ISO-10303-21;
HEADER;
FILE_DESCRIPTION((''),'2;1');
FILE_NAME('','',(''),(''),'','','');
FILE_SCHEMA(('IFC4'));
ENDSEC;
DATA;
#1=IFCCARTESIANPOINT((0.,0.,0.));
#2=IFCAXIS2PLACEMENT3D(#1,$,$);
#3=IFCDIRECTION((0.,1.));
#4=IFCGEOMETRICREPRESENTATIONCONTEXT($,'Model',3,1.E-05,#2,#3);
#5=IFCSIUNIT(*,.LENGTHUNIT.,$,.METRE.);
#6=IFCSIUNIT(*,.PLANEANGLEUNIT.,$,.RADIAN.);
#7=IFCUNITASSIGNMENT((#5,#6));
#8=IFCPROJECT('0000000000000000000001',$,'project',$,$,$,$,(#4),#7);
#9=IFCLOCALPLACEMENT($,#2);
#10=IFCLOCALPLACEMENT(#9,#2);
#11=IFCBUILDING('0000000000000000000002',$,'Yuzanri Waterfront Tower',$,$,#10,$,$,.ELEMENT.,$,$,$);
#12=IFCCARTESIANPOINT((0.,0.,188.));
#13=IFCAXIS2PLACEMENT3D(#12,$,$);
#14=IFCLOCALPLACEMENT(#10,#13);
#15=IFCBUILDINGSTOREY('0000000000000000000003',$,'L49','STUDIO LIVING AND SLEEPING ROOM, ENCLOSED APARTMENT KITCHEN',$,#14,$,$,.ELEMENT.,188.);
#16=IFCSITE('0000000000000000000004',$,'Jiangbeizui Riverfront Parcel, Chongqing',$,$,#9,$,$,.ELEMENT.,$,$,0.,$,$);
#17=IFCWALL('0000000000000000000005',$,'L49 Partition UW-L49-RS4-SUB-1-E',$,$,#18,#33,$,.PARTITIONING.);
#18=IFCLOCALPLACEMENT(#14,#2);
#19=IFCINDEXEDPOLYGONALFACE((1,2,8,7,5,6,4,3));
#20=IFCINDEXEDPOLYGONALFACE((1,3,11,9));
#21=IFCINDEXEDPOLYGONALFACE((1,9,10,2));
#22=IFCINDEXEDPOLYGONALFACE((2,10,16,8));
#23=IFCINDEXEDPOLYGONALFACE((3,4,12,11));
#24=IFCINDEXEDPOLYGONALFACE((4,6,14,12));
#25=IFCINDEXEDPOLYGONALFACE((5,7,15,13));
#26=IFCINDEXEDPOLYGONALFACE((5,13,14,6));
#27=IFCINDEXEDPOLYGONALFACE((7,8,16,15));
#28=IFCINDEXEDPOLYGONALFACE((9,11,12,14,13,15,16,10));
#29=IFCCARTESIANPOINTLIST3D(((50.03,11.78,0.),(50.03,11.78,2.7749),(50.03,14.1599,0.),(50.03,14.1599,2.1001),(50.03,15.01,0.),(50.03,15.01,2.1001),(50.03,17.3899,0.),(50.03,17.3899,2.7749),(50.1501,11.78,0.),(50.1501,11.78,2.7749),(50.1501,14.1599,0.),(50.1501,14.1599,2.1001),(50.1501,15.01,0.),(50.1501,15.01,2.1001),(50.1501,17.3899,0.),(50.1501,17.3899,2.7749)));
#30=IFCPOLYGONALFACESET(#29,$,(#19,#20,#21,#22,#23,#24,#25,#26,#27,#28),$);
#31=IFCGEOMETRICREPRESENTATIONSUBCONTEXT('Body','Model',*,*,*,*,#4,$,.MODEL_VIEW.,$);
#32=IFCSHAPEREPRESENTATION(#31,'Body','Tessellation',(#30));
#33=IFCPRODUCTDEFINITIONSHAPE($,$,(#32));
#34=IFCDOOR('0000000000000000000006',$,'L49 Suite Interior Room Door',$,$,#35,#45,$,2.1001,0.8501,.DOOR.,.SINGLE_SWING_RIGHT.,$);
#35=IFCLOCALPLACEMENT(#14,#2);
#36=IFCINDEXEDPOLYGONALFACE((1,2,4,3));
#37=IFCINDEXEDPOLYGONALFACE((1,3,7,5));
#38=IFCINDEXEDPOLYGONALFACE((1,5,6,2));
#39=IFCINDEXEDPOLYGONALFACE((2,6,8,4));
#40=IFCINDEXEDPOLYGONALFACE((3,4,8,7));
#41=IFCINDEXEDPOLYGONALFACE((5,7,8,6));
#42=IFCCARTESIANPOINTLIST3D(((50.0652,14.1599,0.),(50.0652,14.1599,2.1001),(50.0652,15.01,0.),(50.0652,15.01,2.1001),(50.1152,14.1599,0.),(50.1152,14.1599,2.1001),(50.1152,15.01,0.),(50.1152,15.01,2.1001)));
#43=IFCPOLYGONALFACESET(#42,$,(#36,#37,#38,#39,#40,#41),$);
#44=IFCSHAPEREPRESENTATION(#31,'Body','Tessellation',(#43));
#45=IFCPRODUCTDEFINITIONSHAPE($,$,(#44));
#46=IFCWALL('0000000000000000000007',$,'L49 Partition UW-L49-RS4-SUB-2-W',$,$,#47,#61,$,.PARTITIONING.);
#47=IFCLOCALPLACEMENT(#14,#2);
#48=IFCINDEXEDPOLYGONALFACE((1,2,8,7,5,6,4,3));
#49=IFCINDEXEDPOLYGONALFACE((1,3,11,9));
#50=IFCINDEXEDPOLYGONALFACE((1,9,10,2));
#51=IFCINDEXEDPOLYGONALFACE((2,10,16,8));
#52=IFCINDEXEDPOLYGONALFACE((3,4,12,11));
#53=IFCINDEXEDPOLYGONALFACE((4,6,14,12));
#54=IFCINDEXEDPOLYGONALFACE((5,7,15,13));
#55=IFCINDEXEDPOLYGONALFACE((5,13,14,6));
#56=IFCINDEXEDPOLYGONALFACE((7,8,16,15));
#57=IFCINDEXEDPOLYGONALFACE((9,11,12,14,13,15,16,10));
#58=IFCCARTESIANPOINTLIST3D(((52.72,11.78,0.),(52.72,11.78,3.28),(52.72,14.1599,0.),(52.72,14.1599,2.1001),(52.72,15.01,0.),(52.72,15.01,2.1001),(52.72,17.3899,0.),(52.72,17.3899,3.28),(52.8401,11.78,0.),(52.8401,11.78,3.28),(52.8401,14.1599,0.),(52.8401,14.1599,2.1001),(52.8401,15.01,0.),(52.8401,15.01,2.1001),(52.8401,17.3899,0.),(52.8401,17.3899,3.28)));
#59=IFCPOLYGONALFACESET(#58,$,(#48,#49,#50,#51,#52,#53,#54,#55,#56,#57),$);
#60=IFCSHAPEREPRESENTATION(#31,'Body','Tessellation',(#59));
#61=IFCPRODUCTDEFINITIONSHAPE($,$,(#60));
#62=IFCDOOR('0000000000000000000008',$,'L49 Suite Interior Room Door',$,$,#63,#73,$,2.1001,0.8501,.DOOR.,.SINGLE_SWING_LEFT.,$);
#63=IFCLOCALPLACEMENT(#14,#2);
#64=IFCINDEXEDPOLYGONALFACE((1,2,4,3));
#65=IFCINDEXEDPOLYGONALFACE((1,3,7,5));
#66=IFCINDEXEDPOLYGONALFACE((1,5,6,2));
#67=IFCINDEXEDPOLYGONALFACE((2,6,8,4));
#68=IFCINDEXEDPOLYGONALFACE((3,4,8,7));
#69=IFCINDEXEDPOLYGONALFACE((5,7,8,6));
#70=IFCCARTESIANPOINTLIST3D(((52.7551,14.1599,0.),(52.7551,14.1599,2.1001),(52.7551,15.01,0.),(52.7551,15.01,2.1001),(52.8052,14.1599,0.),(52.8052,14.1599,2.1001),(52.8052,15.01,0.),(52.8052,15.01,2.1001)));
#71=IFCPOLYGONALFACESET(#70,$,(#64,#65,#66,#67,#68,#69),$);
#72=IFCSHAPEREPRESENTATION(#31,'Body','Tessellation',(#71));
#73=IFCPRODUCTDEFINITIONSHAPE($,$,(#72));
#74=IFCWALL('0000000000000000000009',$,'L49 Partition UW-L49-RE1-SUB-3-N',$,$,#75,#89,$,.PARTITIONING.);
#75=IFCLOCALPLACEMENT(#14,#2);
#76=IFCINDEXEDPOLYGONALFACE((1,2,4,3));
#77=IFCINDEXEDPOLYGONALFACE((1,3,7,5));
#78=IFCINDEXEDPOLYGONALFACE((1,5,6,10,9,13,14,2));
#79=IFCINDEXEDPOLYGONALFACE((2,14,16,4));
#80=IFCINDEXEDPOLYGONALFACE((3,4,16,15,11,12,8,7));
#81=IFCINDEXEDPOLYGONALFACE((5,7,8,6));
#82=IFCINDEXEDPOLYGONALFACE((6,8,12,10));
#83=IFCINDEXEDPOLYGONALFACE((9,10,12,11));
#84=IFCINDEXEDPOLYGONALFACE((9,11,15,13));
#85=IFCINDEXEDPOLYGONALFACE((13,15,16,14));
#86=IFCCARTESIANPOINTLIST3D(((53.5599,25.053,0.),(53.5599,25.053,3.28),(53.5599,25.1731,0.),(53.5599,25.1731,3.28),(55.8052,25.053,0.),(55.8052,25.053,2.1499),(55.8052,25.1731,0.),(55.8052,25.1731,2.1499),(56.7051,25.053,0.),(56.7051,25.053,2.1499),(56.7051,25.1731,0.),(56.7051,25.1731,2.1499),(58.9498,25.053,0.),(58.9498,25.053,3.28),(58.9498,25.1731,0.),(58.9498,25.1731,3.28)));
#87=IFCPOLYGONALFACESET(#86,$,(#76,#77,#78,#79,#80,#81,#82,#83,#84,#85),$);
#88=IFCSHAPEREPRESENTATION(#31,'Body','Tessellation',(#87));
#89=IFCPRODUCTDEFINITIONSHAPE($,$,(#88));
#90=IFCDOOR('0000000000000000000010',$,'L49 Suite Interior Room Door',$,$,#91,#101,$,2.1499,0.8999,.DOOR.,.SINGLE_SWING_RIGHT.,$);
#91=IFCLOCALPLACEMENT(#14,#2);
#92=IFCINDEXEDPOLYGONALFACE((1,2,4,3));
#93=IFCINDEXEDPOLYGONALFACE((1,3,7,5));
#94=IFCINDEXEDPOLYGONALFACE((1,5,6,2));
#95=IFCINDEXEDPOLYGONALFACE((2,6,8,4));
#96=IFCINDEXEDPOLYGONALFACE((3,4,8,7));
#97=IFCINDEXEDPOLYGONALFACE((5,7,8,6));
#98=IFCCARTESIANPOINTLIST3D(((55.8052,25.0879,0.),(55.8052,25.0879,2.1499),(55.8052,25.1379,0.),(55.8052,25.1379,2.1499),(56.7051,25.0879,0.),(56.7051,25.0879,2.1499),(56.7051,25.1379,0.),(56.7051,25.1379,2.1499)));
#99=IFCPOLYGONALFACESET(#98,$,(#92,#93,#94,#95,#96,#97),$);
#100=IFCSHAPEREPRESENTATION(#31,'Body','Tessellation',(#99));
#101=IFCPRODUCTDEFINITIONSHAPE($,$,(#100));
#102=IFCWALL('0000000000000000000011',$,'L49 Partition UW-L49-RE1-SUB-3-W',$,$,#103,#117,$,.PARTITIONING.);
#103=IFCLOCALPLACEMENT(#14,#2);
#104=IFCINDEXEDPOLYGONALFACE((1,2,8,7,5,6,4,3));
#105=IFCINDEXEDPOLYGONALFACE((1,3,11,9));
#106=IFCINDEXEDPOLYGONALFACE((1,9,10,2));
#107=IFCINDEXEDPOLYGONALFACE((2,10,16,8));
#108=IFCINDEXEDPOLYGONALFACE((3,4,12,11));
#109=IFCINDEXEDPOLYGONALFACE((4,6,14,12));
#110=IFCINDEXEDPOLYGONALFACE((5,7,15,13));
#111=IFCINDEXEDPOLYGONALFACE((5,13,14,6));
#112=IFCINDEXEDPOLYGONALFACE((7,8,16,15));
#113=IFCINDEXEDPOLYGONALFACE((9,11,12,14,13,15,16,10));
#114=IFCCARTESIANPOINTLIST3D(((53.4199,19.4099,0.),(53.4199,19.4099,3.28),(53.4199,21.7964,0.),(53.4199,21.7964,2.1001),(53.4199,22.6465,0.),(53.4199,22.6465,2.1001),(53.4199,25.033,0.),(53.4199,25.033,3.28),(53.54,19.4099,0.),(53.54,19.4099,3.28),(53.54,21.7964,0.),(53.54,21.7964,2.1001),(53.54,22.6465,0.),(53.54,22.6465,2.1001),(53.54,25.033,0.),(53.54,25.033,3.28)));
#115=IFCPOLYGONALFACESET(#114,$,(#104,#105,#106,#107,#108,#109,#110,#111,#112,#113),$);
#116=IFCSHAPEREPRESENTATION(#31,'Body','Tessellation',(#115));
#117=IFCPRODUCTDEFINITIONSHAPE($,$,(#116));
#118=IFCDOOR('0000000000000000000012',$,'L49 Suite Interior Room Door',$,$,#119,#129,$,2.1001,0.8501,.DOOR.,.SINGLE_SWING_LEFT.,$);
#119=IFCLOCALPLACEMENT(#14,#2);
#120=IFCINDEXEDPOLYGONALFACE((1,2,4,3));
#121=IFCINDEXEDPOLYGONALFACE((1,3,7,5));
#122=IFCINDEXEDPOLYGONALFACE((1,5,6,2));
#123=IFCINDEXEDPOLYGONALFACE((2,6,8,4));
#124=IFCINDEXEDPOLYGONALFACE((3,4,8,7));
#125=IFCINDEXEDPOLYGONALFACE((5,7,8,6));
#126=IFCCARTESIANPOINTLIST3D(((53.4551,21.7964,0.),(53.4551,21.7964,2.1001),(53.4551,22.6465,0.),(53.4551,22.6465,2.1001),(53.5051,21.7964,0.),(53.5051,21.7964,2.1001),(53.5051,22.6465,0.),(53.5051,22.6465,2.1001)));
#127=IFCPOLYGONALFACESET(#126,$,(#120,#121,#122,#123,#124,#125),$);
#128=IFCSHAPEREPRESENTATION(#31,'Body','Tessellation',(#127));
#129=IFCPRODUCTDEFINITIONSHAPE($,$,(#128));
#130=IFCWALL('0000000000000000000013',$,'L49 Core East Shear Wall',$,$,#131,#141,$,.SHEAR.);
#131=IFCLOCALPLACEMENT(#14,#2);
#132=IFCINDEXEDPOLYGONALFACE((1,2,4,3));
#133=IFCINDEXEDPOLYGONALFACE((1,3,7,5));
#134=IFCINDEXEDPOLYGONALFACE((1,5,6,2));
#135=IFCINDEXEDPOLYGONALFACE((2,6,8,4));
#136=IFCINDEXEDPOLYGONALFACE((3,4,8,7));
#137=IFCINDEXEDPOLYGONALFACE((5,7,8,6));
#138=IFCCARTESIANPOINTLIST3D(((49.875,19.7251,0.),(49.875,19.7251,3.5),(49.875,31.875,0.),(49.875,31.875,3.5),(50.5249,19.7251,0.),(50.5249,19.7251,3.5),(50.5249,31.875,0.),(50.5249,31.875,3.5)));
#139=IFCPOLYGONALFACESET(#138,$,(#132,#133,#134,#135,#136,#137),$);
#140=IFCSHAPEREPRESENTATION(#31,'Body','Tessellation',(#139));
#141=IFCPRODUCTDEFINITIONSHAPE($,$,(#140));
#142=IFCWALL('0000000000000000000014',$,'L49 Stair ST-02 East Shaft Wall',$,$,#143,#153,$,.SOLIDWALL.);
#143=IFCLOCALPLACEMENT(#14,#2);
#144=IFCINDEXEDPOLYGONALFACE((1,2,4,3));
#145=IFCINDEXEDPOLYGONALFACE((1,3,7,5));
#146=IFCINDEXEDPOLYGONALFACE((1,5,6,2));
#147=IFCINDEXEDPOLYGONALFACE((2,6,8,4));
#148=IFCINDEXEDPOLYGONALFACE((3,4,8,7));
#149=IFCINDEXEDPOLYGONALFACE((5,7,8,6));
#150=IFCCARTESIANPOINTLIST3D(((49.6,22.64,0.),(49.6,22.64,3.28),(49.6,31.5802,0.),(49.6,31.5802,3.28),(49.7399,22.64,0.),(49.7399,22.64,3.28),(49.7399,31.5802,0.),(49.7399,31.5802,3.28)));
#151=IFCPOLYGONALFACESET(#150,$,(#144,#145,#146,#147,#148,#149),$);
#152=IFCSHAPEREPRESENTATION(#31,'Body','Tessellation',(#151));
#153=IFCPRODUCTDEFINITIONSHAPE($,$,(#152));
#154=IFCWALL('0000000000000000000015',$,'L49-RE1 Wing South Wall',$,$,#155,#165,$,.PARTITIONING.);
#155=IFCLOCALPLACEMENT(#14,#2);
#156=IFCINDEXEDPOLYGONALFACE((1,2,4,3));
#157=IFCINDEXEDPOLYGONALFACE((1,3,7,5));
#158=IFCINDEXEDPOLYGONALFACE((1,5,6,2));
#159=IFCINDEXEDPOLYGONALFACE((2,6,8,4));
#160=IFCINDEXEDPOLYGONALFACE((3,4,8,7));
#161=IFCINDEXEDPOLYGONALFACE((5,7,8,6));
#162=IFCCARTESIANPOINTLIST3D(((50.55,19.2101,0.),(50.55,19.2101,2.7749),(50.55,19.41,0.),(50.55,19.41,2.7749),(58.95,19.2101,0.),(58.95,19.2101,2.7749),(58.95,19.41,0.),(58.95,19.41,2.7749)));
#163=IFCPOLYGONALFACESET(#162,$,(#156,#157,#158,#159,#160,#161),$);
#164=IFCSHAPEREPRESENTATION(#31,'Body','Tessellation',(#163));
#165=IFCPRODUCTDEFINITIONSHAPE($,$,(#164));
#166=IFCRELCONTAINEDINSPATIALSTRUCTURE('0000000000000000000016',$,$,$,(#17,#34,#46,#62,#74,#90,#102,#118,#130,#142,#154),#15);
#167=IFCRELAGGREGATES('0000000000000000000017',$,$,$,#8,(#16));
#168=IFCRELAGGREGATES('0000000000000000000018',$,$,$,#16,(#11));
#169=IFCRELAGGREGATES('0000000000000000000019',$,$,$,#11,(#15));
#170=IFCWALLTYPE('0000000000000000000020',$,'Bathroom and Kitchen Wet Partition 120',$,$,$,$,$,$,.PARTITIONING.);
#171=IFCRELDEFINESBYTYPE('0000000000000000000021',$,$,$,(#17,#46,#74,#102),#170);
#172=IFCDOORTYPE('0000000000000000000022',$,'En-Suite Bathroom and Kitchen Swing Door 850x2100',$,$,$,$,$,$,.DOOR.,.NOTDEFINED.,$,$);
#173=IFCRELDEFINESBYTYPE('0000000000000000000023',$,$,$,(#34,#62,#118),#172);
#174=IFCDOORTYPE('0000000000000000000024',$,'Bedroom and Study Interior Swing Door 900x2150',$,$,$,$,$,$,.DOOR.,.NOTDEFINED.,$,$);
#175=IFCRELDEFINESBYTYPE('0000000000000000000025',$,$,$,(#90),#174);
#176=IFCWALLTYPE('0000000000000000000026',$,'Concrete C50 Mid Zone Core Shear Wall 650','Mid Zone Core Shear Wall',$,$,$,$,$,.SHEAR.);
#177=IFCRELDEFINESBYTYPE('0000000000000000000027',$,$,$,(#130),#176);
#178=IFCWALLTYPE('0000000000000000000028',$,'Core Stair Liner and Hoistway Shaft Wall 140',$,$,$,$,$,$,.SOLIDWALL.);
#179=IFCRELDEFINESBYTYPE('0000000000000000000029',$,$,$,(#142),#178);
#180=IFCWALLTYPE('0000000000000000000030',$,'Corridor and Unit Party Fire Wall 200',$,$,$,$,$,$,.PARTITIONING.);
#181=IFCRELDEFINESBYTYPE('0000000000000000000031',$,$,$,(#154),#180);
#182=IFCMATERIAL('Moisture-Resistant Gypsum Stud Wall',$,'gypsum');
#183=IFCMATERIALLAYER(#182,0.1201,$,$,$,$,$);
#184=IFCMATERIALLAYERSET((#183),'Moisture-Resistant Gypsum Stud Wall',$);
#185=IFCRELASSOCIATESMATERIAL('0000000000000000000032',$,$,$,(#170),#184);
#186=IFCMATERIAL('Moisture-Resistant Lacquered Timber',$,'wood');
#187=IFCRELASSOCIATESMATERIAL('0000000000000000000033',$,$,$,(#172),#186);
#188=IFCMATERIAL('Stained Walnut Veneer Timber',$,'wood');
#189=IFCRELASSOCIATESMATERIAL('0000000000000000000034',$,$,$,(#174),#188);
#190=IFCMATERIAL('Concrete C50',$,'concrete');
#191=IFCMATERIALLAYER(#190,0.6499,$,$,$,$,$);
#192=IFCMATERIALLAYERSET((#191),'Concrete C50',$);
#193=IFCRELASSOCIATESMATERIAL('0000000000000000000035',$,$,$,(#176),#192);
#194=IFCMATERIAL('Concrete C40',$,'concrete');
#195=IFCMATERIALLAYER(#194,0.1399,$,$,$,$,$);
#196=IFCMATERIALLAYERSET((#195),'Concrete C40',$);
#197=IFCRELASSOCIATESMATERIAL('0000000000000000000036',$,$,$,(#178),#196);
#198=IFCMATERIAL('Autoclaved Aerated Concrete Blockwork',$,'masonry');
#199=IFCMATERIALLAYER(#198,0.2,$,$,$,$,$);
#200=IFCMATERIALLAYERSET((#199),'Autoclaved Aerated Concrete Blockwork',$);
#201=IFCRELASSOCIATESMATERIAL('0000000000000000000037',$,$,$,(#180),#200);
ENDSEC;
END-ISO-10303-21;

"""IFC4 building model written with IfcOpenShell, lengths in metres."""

from ifc_helpers import new_model, si_unit, direction, frame, frame_2d, origin, place, context, subcontext, project, spatial, rectangle, extrude, source, transform, mapped, material, layer, layer_set, type_object, element, fill, save


model = new_model("IFC4")

# Units and contexts
model_context = context("Model", 3, precision=1e-05, world=origin(), true_north=direction((0.0, 1.0)))
body_context = subcontext(model_context, "Body", "Model", "MODEL_VIEW")
ifc_project = project(units=[si_unit("LENGTHUNIT", "METRE"), si_unit("PLANEANGLEUNIT", "RADIAN")], contexts=[model_context])

# Site, building, storey
site_placement = place(None, origin())
site = spatial("IfcSite", under=ifc_project, at=site_placement, Name="Jiangbeizui Riverfront Parcel, Chongqing", CompositionType="ELEMENT", RefElevation=0.0)
building_placement = place(site_placement, origin())
building = spatial("IfcBuilding", under=site, at=building_placement, Name="Yuzanri Waterfront Tower", CompositionType="ELEMENT")
storey_placement = place(building_placement, frame((0.0, 0.0, 188.0)))
storey = spatial("IfcBuildingStorey", under=building, at=storey_placement, Name="L49", Description="STUDIO LIVING AND SLEEPING ROOM, ENCLOSED APARTMENT KITCHEN", CompositionType="ELEMENT", Elevation=188.0)

# Walls, openings, doors
ifc_material_1 = material(Name="Moisture-Resistant Gypsum Stud Wall", Category="gypsum")
ifc_layer_1 = layer(ifc_material_1, 0.1201)
ifc_layer_set_1 = layer_set([ifc_layer_1], Name="Moisture-Resistant Gypsum Stud Wall")
wall_type_1 = type_object("IfcWallType", Name="Bathroom and Kitchen Wet Partition 120", PredefinedType="PARTITIONING", material=ifc_layer_set_1)
wall_1_placement = place(storey_placement, frame((50.0901, 11.78, 0.0), z_axis=(0.0, 0.0, 1.0), x_axis=(0.0, 1.0, 0.0)))
wall_1 = element("IfcWall", 1, at=wall_1_placement, inside=storey, type_object=wall_type_1, Name="L49 Partition UW-L49-RS4-SUB-1-E", PredefinedType="PARTITIONING", context=body_context, shape_type="SweptSolid", body=[
    extrude(rectangle(XDim=5.6099, YDim=0.1201, at=frame_2d((2.8049, 0.0))), origin(), (0.0, 0.0, 1.0), 2.7749),
])
opening_1_placement = place(wall_1_placement, frame((2.3799, 0.0, 0.0)))
opening_1 = element("IfcOpeningElement", 2, at=opening_1_placement, cuts=wall_1, PredefinedType="OPENING", context=body_context, shape_type="SweptSolid", body=[
    extrude(rectangle(XDim=0.8501, YDim=2.1001, at=frame_2d((0.425, 1.05))), frame((0.0, 0.075, 0.0), z_axis=(0.0, -1.0, 0.0), x_axis=(1.0, 0.0, 0.0)), (0.0, 0.0, 1.0), 0.1499),
])
ifc_material_2 = material(Name="Moisture-Resistant Lacquered Timber", Category="wood")
door_type_1 = type_object("IfcDoorType", Name="En-Suite Bathroom and Kitchen Swing Door 850x2100", OperationType="NOTDEFINED", PredefinedType="DOOR", material=ifc_material_2)
shared_shape_1 = source(origin(), body_context, "Body", "SweptSolid", [
    extrude(rectangle(XDim=0.8501, YDim=2.1001, at=frame_2d((0.425, 1.05))), frame((0.0, 0.0249, 0.0), z_axis=(0.0, -1.0, 0.0), x_axis=(1.0, 0.0, 0.0)), (0.0, 0.0, 1.0), 0.05),
])
door_1_placement = place(opening_1_placement, origin())
door_1 = element("IfcDoor", 3, at=door_1_placement, inside=storey, type_object=door_type_1, Name="L49 Suite Interior Room Door", OperationType="SINGLE_SWING_RIGHT", OverallHeight=2.1001, OverallWidth=0.8501, PredefinedType="DOOR", context=body_context, shape_type="MappedRepresentation", body=[
    mapped(shared_shape_1, transform((0.0, 0.0, 0.0), scale=1.0)),
])
fill(opening_1, door_1)
wall_2_placement = place(storey_placement, frame((52.78, 11.78, 0.0), z_axis=(0.0, 0.0, 1.0), x_axis=(0.0, 1.0, 0.0)))
wall_2 = element("IfcWall", 4, at=wall_2_placement, inside=storey, type_object=wall_type_1, Name="L49 Partition UW-L49-RS4-SUB-2-W", PredefinedType="PARTITIONING", context=body_context, shape_type="SweptSolid", body=[
    extrude(rectangle(XDim=5.6099, YDim=0.1201, at=frame_2d((2.8049, 0.0))), origin(), (0.0, 0.0, 1.0), 3.28),
])
opening_2_placement = place(wall_2_placement, frame((2.3799, 0.0, 0.0)))
opening_2 = element("IfcOpeningElement", 5, at=opening_2_placement, cuts=wall_2, PredefinedType="OPENING", context=body_context, shape_type="SweptSolid", body=[
    extrude(rectangle(XDim=0.8501, YDim=2.1001, at=frame_2d((0.425, 1.05))), frame((0.0, 0.075, 0.0), z_axis=(0.0, -1.0, 0.0), x_axis=(1.0, 0.0, 0.0)), (0.0, 0.0, 1.0), 0.1499),
])
door_2_placement = place(opening_2_placement, origin())
door_2 = element("IfcDoor", 6, at=door_2_placement, inside=storey, type_object=door_type_1, Name="L49 Suite Interior Room Door", OperationType="SINGLE_SWING_LEFT", OverallHeight=2.1001, OverallWidth=0.8501, PredefinedType="DOOR", context=body_context, shape_type="MappedRepresentation", body=[
    mapped(shared_shape_1, transform((0.0, 0.0, 0.0), scale=1.0)),
])
fill(opening_2, door_2)
wall_3_placement = place(storey_placement, frame((53.5601, 25.113, 0.0), z_axis=(0.0, 0.0, 1.0), x_axis=(1.0, 0.0, 0.0)))
wall_3 = element("IfcWall", 7, at=wall_3_placement, inside=storey, type_object=wall_type_1, Name="L49 Partition UW-L49-RE1-SUB-3-N", PredefinedType="PARTITIONING", context=body_context, shape_type="SweptSolid", body=[
    extrude(rectangle(XDim=5.3899, YDim=0.1201, at=frame_2d((2.6948, 0.0))), origin(), (0.0, 0.0, 1.0), 3.28),
])
opening_3_placement = place(wall_3_placement, frame((2.2451, 0.0, 0.0)))
opening_3 = element("IfcOpeningElement", 8, at=opening_3_placement, cuts=wall_3, PredefinedType="OPENING", context=body_context, shape_type="SweptSolid", body=[
    extrude(rectangle(XDim=0.8999, YDim=2.1499, at=frame_2d((0.45, 1.075))), frame((0.0, 0.075, 0.0), z_axis=(0.0, -1.0, 0.0), x_axis=(1.0, 0.0, 0.0)), (0.0, 0.0, 1.0), 0.1499),
])
ifc_material_3 = material(Name="Stained Walnut Veneer Timber", Category="wood")
door_type_2 = type_object("IfcDoorType", Name="Bedroom and Study Interior Swing Door 900x2150", OperationType="NOTDEFINED", PredefinedType="DOOR", material=ifc_material_3)
shared_shape_2 = source(origin(), body_context, "Body", "SweptSolid", [
    extrude(rectangle(XDim=0.8999, YDim=2.1499, at=frame_2d((0.45, 1.075))), frame((0.0, 0.0249, 0.0), z_axis=(0.0, -1.0, 0.0), x_axis=(1.0, 0.0, 0.0)), (0.0, 0.0, 1.0), 0.05),
])
door_3_placement = place(opening_3_placement, origin())
door_3 = element("IfcDoor", 9, at=door_3_placement, inside=storey, type_object=door_type_2, Name="L49 Suite Interior Room Door", OperationType="SINGLE_SWING_RIGHT", OverallHeight=2.1499, OverallWidth=0.8999, PredefinedType="DOOR", context=body_context, shape_type="MappedRepresentation", body=[
    mapped(shared_shape_2, transform((0.0, 0.0, 0.0), scale=1.0)),
])
fill(opening_3, door_3)
wall_4_placement = place(storey_placement, frame((53.48, 19.4099, 0.0), z_axis=(0.0, 0.0, 1.0), x_axis=(0.0, 1.0, 0.0)))
wall_4 = element("IfcWall", 10, at=wall_4_placement, inside=storey, type_object=wall_type_1, Name="L49 Partition UW-L49-RE1-SUB-3-W", PredefinedType="PARTITIONING", context=body_context, shape_type="SweptSolid", body=[
    extrude(rectangle(XDim=5.623, YDim=0.1201, at=frame_2d((2.8115, 0.0))), origin(), (0.0, 0.0, 1.0), 3.28),
])
opening_4_placement = place(wall_4_placement, frame((2.3865, 0.0, 0.0)))
opening_4 = element("IfcOpeningElement", 11, at=opening_4_placement, cuts=wall_4, PredefinedType="OPENING", context=body_context, shape_type="SweptSolid", body=[
    extrude(rectangle(XDim=0.8501, YDim=2.1001, at=frame_2d((0.425, 1.05))), frame((0.0, 0.075, 0.0), z_axis=(0.0, -1.0, 0.0), x_axis=(1.0, 0.0, 0.0)), (0.0, 0.0, 1.0), 0.1499),
])
door_4_placement = place(opening_4_placement, origin())
door_4 = element("IfcDoor", 12, at=door_4_placement, inside=storey, type_object=door_type_1, Name="L49 Suite Interior Room Door", OperationType="SINGLE_SWING_LEFT", OverallHeight=2.1001, OverallWidth=0.8501, PredefinedType="DOOR", context=body_context, shape_type="MappedRepresentation", body=[
    mapped(shared_shape_1, transform((0.0, 0.0, 0.0), scale=1.0)),
])
fill(opening_4, door_4)

# Walls
ifc_material_4 = material(Name="Concrete C50", Category="concrete")
ifc_layer_2 = layer(ifc_material_4, 0.6499)
ifc_layer_set_2 = layer_set([ifc_layer_2], Name="Concrete C50")
wall_type_2 = type_object("IfcWallType", Name="Concrete C50 Mid Zone Core Shear Wall 650", Description="Mid Zone Core Shear Wall", PredefinedType="SHEAR", material=ifc_layer_set_2)
shared_shape_3 = source(origin(), body_context, "Body", "SweptSolid", [
    extrude(rectangle(XDim=12.1499, YDim=0.6499, at=frame_2d((6.075, 0.0))), origin(), (0.0, 0.0, 1.0), 3.5),
])
wall_5_placement = place(storey_placement, frame((50.2, 19.7251, 0.0), z_axis=(0.0, 0.0, 1.0), x_axis=(0.0, 1.0, 0.0)))
element("IfcWall", 13, at=wall_5_placement, inside=storey, type_object=wall_type_2, Name="L49 Core East Shear Wall", PredefinedType="SHEAR", context=body_context, shape_type="MappedRepresentation", body=[
    mapped(shared_shape_3, transform((0.0, 0.0, 0.0), scale=1.0)),
])
ifc_material_5 = material(Name="Concrete C40", Category="concrete")
ifc_layer_3 = layer(ifc_material_5, 0.1399)
ifc_layer_set_3 = layer_set([ifc_layer_3], Name="Concrete C40")
wall_type_3 = type_object("IfcWallType", Name="Core Stair Liner and Hoistway Shaft Wall 140", PredefinedType="SOLIDWALL", material=ifc_layer_set_3)
shared_shape_4 = source(origin(), body_context, "Body", "SweptSolid", [
    extrude(rectangle(XDim=8.9402, YDim=0.1399, at=frame_2d((4.4702, 0.0))), origin(), (0.0, 0.0, 1.0), 3.28),
])
wall_6_placement = place(storey_placement, frame((49.6699, 22.6399, 0.0), z_axis=(0.0, 0.0, 1.0), x_axis=(0.0, 1.0, 0.0)))
element("IfcWall", 14, at=wall_6_placement, inside=storey, type_object=wall_type_3, Name="L49 Stair ST-02 East Shaft Wall", PredefinedType="SOLIDWALL", context=body_context, shape_type="MappedRepresentation", body=[
    mapped(shared_shape_4, transform((0.0, 0.0, 0.0), scale=1.0)),
])
ifc_material_6 = material(Name="Autoclaved Aerated Concrete Blockwork", Category="masonry")
ifc_layer_4 = layer(ifc_material_6, 0.2)
ifc_layer_set_4 = layer_set([ifc_layer_4], Name="Autoclaved Aerated Concrete Blockwork")
wall_type_4 = type_object("IfcWallType", Name="Corridor and Unit Party Fire Wall 200", PredefinedType="PARTITIONING", material=ifc_layer_set_4)
shared_shape_5 = source(origin(), body_context, "Body", "SweptSolid", [
    extrude(rectangle(XDim=8.3999, YDim=0.2, at=frame_2d((4.2, 0.0))), origin(), (0.0, 0.0, 1.0), 2.7749),
])
wall_7_placement = place(storey_placement, frame((50.55, 19.3101, 0.0), z_axis=(0.0, 0.0, 1.0), x_axis=(1.0, 0.0, 0.0)))
element("IfcWall", 15, at=wall_7_placement, inside=storey, type_object=wall_type_4, Name="L49-RE1 Wing South Wall", PredefinedType="PARTITIONING", context=body_context, shape_type="MappedRepresentation", body=[
    mapped(shared_shape_5, transform((0.0, 0.0, 0.0), scale=1.0)),
])

save(model, "model.ifc")
